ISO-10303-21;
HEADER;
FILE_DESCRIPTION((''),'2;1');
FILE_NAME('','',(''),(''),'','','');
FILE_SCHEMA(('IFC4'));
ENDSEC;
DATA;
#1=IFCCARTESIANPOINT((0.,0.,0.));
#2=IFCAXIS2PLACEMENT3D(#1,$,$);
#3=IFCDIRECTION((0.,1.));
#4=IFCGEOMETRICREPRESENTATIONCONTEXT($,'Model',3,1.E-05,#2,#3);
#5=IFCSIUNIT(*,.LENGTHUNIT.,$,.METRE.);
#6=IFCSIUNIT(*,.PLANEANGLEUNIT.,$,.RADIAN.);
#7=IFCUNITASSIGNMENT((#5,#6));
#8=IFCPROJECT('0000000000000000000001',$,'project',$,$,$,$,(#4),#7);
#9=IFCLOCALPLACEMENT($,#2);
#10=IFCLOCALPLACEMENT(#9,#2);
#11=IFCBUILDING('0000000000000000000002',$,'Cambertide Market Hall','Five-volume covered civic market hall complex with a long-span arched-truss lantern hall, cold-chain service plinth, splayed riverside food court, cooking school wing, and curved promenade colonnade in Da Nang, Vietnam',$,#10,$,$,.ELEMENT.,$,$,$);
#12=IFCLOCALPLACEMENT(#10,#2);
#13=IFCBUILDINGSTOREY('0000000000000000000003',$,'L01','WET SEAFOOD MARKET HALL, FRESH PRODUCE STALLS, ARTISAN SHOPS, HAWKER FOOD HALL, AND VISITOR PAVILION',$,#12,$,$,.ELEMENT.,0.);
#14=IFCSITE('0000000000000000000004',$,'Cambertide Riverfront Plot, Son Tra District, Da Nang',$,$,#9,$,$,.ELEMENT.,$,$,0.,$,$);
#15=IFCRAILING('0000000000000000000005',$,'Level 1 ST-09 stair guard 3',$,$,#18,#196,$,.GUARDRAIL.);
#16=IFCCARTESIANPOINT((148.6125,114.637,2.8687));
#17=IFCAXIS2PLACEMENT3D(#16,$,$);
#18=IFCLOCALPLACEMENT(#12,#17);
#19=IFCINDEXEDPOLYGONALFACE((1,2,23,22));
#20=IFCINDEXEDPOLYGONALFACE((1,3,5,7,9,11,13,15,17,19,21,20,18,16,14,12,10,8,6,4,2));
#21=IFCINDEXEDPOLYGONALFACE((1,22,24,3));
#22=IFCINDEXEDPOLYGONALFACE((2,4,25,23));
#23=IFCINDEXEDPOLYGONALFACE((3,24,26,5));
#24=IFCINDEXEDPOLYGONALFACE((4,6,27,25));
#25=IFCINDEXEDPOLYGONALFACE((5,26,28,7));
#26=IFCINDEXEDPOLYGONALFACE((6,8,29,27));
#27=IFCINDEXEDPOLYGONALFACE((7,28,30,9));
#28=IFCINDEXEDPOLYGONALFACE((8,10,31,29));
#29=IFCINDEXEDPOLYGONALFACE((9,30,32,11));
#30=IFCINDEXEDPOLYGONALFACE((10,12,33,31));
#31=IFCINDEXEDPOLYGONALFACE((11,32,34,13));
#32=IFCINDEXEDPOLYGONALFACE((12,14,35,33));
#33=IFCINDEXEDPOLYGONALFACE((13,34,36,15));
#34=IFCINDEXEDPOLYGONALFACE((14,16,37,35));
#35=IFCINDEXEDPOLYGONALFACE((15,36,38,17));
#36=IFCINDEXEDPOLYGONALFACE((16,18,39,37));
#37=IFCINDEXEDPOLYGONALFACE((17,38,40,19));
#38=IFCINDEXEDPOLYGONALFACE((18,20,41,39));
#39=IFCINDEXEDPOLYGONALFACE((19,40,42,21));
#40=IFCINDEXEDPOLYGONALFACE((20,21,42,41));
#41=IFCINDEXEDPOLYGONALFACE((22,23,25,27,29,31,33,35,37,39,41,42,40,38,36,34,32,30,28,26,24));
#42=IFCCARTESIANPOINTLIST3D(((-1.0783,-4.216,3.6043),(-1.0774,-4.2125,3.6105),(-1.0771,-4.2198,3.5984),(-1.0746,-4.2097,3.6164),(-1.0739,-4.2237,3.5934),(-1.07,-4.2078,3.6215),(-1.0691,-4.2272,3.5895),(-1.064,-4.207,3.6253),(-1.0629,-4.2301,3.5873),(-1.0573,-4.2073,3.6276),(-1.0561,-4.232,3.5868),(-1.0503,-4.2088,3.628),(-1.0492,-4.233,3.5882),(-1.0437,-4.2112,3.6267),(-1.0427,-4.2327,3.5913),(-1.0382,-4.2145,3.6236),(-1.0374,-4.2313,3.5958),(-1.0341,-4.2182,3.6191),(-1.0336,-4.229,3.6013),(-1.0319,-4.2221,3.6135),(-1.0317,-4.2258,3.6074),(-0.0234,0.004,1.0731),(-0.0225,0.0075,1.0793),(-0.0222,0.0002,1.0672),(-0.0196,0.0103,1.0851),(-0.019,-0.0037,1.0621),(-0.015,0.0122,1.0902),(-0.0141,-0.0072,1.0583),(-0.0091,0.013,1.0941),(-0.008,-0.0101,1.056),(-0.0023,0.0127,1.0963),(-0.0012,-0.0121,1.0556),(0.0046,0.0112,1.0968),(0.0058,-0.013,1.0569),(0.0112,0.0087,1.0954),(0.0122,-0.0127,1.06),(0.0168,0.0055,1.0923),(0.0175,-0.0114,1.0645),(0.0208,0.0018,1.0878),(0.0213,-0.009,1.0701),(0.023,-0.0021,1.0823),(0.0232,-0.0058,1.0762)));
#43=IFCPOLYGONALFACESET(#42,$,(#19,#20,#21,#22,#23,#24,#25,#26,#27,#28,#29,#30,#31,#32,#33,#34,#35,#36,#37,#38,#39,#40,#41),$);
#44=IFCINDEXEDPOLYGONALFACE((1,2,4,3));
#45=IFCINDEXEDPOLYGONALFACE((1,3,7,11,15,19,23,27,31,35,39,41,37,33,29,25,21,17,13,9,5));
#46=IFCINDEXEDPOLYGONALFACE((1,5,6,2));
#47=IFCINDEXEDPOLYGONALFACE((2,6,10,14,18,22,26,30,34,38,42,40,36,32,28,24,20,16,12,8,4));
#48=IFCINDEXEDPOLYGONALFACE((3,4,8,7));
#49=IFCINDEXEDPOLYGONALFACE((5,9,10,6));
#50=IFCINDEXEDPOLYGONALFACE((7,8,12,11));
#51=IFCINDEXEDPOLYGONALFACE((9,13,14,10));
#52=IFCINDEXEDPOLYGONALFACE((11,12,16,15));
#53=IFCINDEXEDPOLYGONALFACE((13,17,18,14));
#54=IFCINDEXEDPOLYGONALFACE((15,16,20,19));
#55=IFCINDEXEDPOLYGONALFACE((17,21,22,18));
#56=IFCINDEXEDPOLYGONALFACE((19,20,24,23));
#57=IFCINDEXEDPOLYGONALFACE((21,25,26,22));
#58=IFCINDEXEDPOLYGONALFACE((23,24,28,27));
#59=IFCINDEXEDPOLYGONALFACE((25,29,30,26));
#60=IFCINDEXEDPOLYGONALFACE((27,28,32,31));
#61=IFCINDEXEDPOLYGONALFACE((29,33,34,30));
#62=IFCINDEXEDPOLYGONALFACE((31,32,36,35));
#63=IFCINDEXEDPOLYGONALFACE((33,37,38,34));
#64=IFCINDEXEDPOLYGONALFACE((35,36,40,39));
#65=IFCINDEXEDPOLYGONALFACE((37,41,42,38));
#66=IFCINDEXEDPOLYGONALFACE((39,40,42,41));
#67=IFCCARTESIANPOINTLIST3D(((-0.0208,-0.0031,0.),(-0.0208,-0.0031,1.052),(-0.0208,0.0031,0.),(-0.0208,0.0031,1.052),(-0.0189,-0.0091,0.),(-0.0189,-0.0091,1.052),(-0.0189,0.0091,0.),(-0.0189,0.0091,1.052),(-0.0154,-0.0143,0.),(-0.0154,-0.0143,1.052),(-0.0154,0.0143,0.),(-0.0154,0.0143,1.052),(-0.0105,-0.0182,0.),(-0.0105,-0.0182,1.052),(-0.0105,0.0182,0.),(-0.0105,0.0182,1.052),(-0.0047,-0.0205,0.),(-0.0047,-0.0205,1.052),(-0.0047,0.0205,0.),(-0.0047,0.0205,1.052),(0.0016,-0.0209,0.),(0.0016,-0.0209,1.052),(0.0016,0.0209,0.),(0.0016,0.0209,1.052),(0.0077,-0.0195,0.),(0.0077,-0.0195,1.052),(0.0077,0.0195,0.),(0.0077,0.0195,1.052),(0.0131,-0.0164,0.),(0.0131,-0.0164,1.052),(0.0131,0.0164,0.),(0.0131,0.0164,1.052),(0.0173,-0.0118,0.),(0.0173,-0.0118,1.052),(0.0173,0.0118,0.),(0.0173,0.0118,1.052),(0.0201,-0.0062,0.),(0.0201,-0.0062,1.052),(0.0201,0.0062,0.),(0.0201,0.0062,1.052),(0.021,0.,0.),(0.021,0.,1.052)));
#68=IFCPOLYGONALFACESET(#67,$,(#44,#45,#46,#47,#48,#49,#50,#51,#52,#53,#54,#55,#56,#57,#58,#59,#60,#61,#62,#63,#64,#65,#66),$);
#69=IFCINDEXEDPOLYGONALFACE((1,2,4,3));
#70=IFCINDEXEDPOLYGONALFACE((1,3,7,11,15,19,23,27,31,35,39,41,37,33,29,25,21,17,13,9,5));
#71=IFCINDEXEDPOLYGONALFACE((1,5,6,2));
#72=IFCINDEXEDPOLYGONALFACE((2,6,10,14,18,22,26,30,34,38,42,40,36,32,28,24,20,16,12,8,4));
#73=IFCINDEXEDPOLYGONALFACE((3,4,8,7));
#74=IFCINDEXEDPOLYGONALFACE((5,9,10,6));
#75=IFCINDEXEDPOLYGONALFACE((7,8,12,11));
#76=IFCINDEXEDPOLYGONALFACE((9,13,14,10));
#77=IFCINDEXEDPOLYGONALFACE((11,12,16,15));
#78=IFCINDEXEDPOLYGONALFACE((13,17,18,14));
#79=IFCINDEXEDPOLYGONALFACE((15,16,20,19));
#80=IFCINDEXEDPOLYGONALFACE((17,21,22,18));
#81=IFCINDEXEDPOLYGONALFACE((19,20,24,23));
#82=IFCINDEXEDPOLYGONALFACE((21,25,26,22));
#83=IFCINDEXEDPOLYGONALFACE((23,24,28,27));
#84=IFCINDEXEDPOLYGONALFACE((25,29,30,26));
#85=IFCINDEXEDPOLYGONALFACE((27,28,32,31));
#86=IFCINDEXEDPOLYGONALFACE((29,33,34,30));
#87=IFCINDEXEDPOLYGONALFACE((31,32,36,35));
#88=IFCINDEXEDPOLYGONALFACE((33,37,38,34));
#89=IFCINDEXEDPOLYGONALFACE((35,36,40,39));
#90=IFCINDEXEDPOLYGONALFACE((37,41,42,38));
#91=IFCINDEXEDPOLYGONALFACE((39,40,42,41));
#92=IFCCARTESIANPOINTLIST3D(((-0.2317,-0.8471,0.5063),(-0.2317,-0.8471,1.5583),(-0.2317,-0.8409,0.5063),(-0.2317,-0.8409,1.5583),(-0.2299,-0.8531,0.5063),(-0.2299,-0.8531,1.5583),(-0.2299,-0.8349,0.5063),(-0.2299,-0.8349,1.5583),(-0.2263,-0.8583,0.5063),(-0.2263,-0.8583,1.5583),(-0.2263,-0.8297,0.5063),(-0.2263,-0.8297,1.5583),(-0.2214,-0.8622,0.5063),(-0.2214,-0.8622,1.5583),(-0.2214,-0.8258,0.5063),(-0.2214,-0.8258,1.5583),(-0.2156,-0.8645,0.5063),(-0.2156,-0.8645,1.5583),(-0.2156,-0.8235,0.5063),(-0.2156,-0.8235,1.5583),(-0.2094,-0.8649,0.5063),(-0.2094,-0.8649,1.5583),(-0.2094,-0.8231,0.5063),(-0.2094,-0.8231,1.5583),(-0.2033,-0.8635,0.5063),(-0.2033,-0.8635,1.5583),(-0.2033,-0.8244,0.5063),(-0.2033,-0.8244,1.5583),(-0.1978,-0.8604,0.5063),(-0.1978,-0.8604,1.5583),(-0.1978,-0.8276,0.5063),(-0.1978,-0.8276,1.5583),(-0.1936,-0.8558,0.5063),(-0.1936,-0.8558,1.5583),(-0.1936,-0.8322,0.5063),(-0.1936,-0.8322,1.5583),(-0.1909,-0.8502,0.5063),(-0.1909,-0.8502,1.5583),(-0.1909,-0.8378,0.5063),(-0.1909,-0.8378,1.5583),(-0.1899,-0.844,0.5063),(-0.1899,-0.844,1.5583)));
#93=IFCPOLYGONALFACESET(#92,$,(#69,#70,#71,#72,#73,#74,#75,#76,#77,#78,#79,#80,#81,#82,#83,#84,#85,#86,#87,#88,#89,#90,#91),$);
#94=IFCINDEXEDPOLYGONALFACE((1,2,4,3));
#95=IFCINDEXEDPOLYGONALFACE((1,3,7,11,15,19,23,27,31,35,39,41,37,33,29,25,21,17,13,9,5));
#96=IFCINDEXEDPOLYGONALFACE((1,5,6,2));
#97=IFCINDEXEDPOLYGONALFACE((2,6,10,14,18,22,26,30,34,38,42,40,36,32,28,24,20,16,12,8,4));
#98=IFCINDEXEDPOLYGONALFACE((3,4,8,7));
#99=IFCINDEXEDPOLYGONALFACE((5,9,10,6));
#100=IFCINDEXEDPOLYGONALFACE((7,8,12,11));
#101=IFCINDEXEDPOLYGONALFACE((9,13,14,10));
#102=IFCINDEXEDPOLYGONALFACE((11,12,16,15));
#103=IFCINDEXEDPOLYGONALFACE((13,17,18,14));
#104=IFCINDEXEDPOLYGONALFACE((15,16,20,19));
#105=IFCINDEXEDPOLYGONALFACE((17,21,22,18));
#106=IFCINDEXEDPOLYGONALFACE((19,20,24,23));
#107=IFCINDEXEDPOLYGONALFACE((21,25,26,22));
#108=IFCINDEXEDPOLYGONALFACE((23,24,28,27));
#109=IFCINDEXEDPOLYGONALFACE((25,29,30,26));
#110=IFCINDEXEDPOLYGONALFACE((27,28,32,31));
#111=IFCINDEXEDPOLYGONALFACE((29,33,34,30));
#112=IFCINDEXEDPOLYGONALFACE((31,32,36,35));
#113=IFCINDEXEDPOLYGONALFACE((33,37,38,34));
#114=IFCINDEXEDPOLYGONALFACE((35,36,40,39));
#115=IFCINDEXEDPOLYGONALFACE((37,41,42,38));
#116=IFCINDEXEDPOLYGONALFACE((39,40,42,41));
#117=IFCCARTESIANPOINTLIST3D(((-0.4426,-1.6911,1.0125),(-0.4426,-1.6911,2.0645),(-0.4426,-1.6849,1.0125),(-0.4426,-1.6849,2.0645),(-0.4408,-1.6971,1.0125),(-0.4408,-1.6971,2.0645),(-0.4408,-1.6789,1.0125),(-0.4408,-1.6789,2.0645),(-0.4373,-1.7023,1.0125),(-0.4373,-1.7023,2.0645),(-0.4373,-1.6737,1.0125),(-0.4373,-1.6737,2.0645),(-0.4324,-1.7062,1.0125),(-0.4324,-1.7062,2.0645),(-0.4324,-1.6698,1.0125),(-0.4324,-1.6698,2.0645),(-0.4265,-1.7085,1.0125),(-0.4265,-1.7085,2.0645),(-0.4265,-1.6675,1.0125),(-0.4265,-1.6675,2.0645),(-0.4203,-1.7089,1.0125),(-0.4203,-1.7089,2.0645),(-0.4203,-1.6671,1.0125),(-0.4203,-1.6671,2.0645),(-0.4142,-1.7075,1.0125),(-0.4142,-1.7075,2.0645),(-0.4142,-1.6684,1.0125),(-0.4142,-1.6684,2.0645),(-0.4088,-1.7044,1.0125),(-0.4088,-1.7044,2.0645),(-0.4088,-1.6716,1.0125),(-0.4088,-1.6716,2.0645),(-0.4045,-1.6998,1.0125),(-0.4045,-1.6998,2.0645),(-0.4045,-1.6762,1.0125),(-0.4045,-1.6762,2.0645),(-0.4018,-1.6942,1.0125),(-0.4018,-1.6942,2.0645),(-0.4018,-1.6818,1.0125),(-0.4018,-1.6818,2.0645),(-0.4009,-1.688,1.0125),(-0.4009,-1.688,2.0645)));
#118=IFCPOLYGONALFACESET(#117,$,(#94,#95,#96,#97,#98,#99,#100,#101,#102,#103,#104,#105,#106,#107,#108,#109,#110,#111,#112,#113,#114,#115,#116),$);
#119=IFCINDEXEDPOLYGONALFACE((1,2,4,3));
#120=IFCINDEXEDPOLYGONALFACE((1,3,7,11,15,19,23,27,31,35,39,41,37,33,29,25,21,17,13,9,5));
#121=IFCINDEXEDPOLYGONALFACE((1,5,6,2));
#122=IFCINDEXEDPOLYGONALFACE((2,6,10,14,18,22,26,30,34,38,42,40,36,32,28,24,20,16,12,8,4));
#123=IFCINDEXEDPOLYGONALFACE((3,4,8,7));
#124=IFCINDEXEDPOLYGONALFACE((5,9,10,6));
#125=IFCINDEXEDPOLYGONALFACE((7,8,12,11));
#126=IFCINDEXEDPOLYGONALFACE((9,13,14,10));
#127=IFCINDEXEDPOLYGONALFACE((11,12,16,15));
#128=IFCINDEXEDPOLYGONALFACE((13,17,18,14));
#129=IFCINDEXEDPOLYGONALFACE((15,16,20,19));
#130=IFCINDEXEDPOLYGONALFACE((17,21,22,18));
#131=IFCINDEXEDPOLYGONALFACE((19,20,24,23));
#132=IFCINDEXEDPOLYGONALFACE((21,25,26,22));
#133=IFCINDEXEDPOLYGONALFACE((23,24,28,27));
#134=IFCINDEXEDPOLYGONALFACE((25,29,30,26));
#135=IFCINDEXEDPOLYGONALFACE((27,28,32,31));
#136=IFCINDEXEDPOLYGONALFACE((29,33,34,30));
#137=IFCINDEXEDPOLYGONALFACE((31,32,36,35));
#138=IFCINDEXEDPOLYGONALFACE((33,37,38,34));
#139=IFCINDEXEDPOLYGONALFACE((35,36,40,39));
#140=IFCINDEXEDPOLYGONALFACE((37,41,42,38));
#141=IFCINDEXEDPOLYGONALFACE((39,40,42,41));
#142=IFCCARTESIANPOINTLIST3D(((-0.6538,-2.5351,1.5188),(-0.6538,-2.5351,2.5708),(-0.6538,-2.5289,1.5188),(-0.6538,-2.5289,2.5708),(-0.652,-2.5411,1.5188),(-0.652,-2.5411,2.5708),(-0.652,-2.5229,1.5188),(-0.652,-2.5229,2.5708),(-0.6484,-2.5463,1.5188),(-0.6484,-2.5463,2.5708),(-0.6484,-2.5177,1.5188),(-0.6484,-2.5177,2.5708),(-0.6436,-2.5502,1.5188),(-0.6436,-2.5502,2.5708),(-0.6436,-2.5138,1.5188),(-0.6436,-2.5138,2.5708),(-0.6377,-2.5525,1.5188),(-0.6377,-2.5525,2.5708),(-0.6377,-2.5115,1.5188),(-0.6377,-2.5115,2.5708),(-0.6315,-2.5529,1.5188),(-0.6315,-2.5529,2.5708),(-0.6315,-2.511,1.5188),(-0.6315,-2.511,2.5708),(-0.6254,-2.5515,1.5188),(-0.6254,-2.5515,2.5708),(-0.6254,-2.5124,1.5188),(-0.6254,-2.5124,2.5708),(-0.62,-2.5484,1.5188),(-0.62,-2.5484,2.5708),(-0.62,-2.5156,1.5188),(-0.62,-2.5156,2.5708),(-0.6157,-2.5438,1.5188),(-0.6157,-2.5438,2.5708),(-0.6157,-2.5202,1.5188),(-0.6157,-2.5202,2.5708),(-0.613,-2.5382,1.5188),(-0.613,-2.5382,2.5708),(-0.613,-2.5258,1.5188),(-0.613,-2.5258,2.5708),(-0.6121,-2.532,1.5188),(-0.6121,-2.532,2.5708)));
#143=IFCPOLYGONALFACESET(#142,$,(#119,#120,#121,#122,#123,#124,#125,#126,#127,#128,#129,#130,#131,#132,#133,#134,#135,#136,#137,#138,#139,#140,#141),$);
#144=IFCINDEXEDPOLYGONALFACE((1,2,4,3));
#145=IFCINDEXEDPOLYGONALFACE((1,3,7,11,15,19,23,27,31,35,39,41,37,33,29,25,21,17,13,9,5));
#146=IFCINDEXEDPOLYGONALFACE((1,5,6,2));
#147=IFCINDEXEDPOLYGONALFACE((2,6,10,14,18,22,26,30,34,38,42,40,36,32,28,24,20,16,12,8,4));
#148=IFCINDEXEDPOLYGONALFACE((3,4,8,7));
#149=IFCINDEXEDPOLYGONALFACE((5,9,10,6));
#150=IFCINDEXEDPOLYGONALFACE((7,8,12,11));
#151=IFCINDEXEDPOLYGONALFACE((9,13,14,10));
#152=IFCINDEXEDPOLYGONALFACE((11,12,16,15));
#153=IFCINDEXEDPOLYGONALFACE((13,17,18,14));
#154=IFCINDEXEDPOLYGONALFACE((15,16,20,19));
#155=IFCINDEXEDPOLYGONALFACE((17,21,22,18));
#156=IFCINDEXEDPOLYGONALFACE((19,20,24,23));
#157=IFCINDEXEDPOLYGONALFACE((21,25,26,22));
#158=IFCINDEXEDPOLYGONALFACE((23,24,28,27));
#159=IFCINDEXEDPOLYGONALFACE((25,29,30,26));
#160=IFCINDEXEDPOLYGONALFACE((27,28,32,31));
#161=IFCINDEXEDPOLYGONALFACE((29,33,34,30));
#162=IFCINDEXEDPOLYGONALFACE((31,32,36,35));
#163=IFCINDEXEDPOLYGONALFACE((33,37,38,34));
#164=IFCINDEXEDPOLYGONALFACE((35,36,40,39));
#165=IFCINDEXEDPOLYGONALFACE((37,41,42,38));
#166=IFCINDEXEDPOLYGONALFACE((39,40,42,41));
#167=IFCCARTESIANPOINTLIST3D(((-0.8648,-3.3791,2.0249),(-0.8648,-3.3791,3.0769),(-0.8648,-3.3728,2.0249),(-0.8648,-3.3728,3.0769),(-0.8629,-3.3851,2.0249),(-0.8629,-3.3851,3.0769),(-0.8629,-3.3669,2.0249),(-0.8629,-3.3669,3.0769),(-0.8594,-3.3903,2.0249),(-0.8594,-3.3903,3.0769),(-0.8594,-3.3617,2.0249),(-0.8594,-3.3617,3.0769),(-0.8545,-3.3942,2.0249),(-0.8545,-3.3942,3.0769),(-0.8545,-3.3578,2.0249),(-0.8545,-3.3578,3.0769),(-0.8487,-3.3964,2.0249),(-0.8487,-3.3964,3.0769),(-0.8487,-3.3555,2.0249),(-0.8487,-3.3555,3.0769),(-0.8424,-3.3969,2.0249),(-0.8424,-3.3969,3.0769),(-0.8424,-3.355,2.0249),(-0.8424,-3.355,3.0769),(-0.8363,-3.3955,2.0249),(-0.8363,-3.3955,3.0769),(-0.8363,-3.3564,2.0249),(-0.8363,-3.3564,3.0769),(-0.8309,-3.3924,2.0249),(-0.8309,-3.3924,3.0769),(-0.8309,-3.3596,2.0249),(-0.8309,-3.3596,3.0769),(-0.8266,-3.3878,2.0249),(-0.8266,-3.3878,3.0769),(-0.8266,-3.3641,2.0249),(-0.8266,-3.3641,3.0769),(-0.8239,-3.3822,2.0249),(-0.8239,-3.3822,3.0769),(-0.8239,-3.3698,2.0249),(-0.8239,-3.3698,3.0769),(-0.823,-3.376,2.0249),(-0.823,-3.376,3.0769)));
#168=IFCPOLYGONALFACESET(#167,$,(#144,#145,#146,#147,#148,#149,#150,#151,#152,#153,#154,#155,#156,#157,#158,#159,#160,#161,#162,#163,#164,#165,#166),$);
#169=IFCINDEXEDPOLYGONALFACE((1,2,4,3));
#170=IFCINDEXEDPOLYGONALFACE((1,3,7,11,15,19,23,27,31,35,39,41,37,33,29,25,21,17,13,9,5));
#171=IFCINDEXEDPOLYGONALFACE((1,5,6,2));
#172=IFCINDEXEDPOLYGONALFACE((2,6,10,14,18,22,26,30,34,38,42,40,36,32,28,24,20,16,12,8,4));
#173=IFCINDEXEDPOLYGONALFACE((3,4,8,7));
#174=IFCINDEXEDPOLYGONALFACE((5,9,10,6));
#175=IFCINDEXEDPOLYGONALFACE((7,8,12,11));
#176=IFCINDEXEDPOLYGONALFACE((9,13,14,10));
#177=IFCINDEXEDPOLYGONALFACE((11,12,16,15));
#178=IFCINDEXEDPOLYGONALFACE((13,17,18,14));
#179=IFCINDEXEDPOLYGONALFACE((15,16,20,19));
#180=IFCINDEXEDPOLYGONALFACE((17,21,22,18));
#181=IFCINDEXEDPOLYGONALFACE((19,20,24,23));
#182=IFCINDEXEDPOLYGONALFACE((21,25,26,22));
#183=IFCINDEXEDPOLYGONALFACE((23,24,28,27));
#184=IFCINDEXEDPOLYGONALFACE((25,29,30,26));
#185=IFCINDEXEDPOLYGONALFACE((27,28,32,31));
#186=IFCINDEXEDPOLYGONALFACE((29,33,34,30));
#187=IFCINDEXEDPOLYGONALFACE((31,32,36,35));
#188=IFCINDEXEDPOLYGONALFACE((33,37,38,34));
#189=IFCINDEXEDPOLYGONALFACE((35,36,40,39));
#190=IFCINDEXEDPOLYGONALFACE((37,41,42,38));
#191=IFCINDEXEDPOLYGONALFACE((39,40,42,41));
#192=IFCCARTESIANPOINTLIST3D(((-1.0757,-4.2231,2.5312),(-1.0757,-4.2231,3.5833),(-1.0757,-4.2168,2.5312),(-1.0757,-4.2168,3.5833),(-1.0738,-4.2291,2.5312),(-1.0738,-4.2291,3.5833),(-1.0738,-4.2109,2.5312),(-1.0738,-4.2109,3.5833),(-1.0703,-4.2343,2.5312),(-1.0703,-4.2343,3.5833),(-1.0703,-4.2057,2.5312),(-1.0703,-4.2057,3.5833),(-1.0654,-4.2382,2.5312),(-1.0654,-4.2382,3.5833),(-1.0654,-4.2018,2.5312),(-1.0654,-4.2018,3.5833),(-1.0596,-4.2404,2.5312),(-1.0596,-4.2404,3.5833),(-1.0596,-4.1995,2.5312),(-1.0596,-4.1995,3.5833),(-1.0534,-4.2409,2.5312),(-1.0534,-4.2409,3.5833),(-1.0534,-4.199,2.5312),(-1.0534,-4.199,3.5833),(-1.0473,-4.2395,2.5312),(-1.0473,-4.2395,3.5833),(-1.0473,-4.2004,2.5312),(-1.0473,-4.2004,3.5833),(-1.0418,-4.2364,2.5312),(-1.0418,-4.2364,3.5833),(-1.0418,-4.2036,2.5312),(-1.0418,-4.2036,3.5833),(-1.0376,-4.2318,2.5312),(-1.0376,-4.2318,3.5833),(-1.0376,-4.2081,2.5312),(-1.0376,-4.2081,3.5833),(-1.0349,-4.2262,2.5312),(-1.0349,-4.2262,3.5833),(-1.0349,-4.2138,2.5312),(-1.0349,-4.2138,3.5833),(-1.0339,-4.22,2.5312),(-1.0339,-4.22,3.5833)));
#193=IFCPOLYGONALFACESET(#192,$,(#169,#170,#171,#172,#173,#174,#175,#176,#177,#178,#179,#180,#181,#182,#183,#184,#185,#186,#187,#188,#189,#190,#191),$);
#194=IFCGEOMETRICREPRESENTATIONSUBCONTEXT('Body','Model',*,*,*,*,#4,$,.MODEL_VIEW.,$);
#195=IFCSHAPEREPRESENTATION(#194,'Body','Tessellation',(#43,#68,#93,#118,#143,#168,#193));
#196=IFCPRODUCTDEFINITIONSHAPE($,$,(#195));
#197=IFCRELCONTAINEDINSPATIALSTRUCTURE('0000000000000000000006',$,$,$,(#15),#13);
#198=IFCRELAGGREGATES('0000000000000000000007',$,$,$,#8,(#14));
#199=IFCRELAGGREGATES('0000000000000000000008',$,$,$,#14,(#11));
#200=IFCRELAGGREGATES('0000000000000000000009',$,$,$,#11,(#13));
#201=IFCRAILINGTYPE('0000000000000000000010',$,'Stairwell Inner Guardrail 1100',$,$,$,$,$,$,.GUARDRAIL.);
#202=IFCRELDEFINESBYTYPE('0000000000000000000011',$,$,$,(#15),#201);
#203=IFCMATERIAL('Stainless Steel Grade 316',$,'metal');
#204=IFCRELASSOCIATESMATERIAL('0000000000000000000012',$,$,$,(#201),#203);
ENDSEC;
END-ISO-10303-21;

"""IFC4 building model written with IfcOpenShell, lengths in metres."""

from ifc_helpers import new_model, si_unit, direction, frame, origin, origin_2d, place, context, subcontext, project, spatial, circle, extrude, material, type_object, element, save


model = new_model("IFC4")

# Units and contexts
model_context = context("Model", 3, precision=1e-05, world=origin(), true_north=direction((0.0, 1.0)))
body_context = subcontext(model_context, "Body", "Model", "MODEL_VIEW")
ifc_project = project(units=[si_unit("LENGTHUNIT", "METRE"), si_unit("PLANEANGLEUNIT", "RADIAN")], contexts=[model_context])

# Site, building, storey
site_placement = place(None, origin())
site = spatial("IfcSite", under=ifc_project, at=site_placement, Name="Cambertide Riverfront Plot, Son Tra District, Da Nang", CompositionType="ELEMENT", RefElevation=0.0)
building_placement = place(site_placement, origin())
building = spatial("IfcBuilding", under=site, at=building_placement, Name="Cambertide Market Hall", Description="Five-volume covered civic market hall complex with a long-span arched-truss lantern hall, cold-chain service plinth, splayed riverside food court, cooking school wing, and curved promenade colonnade in Da Nang, Vietnam", CompositionType="ELEMENT")
storey_placement = place(building_placement, origin())
storey = spatial("IfcBuildingStorey", under=building, at=storey_placement, Name="L01", Description="WET SEAFOOD MARKET HALL, FRESH PRODUCE STALLS, ARTISAN SHOPS, HAWKER FOOD HALL, AND VISITOR PAVILION", CompositionType="ELEMENT", Elevation=0.0)

# Railing
ifc_material_1 = material(Name="Stainless Steel Grade 316", Category="metal")
railing_type_1 = type_object("IfcRailingType", Name="Stairwell Inner Guardrail 1100", PredefinedType="GUARDRAIL", material=ifc_material_1)
railing_1_placement = place(storey_placement, frame((148.6125, 114.637, 2.8687)))
element("IfcRailing", 1, at=railing_1_placement, inside=storey, type_object=railing_type_1, Name="Level 1 ST-09 stair guard 3", PredefinedType="GUARDRAIL", context=body_context, shape_type="SweptSolid", body=[
    extrude(circle(Radius=0.0239, at=origin_2d()), frame((0.0, 0.0, 1.0762), z_axis=(-0.209615, -0.838507, 0.502959), x_axis=(0.970146, -0.242522, 0.0)), (0.0, 0.0, 1.0), 5.0327),
    extrude(circle(Radius=0.021, at=origin_2d()), origin(), (0.0, 0.0, 1.0), 1.052),
    extrude(circle(Radius=0.021, at=origin_2d()), frame((-0.2109, -0.844, 0.5063)), (0.0, 0.0, 1.0), 1.052),
    extrude(circle(Radius=0.021, at=origin_2d()), frame((-0.4219, -1.688, 1.0125)), (0.0, 0.0, 1.0), 1.052),
    extrude(circle(Radius=0.021, at=origin_2d()), frame((-0.6331, -2.532, 1.5188)), (0.0, 0.0, 1.0), 1.052),
    extrude(circle(Radius=0.021, at=origin_2d()), frame((-0.844, -3.376, 2.0249)), (0.0, 0.0, 1.0), 1.052),
    extrude(circle(Radius=0.021, at=origin_2d()), frame((-1.0549, -4.22, 2.5312)), (0.0, 0.0, 1.0), 1.052),
])

save(model, "model.ifc")
